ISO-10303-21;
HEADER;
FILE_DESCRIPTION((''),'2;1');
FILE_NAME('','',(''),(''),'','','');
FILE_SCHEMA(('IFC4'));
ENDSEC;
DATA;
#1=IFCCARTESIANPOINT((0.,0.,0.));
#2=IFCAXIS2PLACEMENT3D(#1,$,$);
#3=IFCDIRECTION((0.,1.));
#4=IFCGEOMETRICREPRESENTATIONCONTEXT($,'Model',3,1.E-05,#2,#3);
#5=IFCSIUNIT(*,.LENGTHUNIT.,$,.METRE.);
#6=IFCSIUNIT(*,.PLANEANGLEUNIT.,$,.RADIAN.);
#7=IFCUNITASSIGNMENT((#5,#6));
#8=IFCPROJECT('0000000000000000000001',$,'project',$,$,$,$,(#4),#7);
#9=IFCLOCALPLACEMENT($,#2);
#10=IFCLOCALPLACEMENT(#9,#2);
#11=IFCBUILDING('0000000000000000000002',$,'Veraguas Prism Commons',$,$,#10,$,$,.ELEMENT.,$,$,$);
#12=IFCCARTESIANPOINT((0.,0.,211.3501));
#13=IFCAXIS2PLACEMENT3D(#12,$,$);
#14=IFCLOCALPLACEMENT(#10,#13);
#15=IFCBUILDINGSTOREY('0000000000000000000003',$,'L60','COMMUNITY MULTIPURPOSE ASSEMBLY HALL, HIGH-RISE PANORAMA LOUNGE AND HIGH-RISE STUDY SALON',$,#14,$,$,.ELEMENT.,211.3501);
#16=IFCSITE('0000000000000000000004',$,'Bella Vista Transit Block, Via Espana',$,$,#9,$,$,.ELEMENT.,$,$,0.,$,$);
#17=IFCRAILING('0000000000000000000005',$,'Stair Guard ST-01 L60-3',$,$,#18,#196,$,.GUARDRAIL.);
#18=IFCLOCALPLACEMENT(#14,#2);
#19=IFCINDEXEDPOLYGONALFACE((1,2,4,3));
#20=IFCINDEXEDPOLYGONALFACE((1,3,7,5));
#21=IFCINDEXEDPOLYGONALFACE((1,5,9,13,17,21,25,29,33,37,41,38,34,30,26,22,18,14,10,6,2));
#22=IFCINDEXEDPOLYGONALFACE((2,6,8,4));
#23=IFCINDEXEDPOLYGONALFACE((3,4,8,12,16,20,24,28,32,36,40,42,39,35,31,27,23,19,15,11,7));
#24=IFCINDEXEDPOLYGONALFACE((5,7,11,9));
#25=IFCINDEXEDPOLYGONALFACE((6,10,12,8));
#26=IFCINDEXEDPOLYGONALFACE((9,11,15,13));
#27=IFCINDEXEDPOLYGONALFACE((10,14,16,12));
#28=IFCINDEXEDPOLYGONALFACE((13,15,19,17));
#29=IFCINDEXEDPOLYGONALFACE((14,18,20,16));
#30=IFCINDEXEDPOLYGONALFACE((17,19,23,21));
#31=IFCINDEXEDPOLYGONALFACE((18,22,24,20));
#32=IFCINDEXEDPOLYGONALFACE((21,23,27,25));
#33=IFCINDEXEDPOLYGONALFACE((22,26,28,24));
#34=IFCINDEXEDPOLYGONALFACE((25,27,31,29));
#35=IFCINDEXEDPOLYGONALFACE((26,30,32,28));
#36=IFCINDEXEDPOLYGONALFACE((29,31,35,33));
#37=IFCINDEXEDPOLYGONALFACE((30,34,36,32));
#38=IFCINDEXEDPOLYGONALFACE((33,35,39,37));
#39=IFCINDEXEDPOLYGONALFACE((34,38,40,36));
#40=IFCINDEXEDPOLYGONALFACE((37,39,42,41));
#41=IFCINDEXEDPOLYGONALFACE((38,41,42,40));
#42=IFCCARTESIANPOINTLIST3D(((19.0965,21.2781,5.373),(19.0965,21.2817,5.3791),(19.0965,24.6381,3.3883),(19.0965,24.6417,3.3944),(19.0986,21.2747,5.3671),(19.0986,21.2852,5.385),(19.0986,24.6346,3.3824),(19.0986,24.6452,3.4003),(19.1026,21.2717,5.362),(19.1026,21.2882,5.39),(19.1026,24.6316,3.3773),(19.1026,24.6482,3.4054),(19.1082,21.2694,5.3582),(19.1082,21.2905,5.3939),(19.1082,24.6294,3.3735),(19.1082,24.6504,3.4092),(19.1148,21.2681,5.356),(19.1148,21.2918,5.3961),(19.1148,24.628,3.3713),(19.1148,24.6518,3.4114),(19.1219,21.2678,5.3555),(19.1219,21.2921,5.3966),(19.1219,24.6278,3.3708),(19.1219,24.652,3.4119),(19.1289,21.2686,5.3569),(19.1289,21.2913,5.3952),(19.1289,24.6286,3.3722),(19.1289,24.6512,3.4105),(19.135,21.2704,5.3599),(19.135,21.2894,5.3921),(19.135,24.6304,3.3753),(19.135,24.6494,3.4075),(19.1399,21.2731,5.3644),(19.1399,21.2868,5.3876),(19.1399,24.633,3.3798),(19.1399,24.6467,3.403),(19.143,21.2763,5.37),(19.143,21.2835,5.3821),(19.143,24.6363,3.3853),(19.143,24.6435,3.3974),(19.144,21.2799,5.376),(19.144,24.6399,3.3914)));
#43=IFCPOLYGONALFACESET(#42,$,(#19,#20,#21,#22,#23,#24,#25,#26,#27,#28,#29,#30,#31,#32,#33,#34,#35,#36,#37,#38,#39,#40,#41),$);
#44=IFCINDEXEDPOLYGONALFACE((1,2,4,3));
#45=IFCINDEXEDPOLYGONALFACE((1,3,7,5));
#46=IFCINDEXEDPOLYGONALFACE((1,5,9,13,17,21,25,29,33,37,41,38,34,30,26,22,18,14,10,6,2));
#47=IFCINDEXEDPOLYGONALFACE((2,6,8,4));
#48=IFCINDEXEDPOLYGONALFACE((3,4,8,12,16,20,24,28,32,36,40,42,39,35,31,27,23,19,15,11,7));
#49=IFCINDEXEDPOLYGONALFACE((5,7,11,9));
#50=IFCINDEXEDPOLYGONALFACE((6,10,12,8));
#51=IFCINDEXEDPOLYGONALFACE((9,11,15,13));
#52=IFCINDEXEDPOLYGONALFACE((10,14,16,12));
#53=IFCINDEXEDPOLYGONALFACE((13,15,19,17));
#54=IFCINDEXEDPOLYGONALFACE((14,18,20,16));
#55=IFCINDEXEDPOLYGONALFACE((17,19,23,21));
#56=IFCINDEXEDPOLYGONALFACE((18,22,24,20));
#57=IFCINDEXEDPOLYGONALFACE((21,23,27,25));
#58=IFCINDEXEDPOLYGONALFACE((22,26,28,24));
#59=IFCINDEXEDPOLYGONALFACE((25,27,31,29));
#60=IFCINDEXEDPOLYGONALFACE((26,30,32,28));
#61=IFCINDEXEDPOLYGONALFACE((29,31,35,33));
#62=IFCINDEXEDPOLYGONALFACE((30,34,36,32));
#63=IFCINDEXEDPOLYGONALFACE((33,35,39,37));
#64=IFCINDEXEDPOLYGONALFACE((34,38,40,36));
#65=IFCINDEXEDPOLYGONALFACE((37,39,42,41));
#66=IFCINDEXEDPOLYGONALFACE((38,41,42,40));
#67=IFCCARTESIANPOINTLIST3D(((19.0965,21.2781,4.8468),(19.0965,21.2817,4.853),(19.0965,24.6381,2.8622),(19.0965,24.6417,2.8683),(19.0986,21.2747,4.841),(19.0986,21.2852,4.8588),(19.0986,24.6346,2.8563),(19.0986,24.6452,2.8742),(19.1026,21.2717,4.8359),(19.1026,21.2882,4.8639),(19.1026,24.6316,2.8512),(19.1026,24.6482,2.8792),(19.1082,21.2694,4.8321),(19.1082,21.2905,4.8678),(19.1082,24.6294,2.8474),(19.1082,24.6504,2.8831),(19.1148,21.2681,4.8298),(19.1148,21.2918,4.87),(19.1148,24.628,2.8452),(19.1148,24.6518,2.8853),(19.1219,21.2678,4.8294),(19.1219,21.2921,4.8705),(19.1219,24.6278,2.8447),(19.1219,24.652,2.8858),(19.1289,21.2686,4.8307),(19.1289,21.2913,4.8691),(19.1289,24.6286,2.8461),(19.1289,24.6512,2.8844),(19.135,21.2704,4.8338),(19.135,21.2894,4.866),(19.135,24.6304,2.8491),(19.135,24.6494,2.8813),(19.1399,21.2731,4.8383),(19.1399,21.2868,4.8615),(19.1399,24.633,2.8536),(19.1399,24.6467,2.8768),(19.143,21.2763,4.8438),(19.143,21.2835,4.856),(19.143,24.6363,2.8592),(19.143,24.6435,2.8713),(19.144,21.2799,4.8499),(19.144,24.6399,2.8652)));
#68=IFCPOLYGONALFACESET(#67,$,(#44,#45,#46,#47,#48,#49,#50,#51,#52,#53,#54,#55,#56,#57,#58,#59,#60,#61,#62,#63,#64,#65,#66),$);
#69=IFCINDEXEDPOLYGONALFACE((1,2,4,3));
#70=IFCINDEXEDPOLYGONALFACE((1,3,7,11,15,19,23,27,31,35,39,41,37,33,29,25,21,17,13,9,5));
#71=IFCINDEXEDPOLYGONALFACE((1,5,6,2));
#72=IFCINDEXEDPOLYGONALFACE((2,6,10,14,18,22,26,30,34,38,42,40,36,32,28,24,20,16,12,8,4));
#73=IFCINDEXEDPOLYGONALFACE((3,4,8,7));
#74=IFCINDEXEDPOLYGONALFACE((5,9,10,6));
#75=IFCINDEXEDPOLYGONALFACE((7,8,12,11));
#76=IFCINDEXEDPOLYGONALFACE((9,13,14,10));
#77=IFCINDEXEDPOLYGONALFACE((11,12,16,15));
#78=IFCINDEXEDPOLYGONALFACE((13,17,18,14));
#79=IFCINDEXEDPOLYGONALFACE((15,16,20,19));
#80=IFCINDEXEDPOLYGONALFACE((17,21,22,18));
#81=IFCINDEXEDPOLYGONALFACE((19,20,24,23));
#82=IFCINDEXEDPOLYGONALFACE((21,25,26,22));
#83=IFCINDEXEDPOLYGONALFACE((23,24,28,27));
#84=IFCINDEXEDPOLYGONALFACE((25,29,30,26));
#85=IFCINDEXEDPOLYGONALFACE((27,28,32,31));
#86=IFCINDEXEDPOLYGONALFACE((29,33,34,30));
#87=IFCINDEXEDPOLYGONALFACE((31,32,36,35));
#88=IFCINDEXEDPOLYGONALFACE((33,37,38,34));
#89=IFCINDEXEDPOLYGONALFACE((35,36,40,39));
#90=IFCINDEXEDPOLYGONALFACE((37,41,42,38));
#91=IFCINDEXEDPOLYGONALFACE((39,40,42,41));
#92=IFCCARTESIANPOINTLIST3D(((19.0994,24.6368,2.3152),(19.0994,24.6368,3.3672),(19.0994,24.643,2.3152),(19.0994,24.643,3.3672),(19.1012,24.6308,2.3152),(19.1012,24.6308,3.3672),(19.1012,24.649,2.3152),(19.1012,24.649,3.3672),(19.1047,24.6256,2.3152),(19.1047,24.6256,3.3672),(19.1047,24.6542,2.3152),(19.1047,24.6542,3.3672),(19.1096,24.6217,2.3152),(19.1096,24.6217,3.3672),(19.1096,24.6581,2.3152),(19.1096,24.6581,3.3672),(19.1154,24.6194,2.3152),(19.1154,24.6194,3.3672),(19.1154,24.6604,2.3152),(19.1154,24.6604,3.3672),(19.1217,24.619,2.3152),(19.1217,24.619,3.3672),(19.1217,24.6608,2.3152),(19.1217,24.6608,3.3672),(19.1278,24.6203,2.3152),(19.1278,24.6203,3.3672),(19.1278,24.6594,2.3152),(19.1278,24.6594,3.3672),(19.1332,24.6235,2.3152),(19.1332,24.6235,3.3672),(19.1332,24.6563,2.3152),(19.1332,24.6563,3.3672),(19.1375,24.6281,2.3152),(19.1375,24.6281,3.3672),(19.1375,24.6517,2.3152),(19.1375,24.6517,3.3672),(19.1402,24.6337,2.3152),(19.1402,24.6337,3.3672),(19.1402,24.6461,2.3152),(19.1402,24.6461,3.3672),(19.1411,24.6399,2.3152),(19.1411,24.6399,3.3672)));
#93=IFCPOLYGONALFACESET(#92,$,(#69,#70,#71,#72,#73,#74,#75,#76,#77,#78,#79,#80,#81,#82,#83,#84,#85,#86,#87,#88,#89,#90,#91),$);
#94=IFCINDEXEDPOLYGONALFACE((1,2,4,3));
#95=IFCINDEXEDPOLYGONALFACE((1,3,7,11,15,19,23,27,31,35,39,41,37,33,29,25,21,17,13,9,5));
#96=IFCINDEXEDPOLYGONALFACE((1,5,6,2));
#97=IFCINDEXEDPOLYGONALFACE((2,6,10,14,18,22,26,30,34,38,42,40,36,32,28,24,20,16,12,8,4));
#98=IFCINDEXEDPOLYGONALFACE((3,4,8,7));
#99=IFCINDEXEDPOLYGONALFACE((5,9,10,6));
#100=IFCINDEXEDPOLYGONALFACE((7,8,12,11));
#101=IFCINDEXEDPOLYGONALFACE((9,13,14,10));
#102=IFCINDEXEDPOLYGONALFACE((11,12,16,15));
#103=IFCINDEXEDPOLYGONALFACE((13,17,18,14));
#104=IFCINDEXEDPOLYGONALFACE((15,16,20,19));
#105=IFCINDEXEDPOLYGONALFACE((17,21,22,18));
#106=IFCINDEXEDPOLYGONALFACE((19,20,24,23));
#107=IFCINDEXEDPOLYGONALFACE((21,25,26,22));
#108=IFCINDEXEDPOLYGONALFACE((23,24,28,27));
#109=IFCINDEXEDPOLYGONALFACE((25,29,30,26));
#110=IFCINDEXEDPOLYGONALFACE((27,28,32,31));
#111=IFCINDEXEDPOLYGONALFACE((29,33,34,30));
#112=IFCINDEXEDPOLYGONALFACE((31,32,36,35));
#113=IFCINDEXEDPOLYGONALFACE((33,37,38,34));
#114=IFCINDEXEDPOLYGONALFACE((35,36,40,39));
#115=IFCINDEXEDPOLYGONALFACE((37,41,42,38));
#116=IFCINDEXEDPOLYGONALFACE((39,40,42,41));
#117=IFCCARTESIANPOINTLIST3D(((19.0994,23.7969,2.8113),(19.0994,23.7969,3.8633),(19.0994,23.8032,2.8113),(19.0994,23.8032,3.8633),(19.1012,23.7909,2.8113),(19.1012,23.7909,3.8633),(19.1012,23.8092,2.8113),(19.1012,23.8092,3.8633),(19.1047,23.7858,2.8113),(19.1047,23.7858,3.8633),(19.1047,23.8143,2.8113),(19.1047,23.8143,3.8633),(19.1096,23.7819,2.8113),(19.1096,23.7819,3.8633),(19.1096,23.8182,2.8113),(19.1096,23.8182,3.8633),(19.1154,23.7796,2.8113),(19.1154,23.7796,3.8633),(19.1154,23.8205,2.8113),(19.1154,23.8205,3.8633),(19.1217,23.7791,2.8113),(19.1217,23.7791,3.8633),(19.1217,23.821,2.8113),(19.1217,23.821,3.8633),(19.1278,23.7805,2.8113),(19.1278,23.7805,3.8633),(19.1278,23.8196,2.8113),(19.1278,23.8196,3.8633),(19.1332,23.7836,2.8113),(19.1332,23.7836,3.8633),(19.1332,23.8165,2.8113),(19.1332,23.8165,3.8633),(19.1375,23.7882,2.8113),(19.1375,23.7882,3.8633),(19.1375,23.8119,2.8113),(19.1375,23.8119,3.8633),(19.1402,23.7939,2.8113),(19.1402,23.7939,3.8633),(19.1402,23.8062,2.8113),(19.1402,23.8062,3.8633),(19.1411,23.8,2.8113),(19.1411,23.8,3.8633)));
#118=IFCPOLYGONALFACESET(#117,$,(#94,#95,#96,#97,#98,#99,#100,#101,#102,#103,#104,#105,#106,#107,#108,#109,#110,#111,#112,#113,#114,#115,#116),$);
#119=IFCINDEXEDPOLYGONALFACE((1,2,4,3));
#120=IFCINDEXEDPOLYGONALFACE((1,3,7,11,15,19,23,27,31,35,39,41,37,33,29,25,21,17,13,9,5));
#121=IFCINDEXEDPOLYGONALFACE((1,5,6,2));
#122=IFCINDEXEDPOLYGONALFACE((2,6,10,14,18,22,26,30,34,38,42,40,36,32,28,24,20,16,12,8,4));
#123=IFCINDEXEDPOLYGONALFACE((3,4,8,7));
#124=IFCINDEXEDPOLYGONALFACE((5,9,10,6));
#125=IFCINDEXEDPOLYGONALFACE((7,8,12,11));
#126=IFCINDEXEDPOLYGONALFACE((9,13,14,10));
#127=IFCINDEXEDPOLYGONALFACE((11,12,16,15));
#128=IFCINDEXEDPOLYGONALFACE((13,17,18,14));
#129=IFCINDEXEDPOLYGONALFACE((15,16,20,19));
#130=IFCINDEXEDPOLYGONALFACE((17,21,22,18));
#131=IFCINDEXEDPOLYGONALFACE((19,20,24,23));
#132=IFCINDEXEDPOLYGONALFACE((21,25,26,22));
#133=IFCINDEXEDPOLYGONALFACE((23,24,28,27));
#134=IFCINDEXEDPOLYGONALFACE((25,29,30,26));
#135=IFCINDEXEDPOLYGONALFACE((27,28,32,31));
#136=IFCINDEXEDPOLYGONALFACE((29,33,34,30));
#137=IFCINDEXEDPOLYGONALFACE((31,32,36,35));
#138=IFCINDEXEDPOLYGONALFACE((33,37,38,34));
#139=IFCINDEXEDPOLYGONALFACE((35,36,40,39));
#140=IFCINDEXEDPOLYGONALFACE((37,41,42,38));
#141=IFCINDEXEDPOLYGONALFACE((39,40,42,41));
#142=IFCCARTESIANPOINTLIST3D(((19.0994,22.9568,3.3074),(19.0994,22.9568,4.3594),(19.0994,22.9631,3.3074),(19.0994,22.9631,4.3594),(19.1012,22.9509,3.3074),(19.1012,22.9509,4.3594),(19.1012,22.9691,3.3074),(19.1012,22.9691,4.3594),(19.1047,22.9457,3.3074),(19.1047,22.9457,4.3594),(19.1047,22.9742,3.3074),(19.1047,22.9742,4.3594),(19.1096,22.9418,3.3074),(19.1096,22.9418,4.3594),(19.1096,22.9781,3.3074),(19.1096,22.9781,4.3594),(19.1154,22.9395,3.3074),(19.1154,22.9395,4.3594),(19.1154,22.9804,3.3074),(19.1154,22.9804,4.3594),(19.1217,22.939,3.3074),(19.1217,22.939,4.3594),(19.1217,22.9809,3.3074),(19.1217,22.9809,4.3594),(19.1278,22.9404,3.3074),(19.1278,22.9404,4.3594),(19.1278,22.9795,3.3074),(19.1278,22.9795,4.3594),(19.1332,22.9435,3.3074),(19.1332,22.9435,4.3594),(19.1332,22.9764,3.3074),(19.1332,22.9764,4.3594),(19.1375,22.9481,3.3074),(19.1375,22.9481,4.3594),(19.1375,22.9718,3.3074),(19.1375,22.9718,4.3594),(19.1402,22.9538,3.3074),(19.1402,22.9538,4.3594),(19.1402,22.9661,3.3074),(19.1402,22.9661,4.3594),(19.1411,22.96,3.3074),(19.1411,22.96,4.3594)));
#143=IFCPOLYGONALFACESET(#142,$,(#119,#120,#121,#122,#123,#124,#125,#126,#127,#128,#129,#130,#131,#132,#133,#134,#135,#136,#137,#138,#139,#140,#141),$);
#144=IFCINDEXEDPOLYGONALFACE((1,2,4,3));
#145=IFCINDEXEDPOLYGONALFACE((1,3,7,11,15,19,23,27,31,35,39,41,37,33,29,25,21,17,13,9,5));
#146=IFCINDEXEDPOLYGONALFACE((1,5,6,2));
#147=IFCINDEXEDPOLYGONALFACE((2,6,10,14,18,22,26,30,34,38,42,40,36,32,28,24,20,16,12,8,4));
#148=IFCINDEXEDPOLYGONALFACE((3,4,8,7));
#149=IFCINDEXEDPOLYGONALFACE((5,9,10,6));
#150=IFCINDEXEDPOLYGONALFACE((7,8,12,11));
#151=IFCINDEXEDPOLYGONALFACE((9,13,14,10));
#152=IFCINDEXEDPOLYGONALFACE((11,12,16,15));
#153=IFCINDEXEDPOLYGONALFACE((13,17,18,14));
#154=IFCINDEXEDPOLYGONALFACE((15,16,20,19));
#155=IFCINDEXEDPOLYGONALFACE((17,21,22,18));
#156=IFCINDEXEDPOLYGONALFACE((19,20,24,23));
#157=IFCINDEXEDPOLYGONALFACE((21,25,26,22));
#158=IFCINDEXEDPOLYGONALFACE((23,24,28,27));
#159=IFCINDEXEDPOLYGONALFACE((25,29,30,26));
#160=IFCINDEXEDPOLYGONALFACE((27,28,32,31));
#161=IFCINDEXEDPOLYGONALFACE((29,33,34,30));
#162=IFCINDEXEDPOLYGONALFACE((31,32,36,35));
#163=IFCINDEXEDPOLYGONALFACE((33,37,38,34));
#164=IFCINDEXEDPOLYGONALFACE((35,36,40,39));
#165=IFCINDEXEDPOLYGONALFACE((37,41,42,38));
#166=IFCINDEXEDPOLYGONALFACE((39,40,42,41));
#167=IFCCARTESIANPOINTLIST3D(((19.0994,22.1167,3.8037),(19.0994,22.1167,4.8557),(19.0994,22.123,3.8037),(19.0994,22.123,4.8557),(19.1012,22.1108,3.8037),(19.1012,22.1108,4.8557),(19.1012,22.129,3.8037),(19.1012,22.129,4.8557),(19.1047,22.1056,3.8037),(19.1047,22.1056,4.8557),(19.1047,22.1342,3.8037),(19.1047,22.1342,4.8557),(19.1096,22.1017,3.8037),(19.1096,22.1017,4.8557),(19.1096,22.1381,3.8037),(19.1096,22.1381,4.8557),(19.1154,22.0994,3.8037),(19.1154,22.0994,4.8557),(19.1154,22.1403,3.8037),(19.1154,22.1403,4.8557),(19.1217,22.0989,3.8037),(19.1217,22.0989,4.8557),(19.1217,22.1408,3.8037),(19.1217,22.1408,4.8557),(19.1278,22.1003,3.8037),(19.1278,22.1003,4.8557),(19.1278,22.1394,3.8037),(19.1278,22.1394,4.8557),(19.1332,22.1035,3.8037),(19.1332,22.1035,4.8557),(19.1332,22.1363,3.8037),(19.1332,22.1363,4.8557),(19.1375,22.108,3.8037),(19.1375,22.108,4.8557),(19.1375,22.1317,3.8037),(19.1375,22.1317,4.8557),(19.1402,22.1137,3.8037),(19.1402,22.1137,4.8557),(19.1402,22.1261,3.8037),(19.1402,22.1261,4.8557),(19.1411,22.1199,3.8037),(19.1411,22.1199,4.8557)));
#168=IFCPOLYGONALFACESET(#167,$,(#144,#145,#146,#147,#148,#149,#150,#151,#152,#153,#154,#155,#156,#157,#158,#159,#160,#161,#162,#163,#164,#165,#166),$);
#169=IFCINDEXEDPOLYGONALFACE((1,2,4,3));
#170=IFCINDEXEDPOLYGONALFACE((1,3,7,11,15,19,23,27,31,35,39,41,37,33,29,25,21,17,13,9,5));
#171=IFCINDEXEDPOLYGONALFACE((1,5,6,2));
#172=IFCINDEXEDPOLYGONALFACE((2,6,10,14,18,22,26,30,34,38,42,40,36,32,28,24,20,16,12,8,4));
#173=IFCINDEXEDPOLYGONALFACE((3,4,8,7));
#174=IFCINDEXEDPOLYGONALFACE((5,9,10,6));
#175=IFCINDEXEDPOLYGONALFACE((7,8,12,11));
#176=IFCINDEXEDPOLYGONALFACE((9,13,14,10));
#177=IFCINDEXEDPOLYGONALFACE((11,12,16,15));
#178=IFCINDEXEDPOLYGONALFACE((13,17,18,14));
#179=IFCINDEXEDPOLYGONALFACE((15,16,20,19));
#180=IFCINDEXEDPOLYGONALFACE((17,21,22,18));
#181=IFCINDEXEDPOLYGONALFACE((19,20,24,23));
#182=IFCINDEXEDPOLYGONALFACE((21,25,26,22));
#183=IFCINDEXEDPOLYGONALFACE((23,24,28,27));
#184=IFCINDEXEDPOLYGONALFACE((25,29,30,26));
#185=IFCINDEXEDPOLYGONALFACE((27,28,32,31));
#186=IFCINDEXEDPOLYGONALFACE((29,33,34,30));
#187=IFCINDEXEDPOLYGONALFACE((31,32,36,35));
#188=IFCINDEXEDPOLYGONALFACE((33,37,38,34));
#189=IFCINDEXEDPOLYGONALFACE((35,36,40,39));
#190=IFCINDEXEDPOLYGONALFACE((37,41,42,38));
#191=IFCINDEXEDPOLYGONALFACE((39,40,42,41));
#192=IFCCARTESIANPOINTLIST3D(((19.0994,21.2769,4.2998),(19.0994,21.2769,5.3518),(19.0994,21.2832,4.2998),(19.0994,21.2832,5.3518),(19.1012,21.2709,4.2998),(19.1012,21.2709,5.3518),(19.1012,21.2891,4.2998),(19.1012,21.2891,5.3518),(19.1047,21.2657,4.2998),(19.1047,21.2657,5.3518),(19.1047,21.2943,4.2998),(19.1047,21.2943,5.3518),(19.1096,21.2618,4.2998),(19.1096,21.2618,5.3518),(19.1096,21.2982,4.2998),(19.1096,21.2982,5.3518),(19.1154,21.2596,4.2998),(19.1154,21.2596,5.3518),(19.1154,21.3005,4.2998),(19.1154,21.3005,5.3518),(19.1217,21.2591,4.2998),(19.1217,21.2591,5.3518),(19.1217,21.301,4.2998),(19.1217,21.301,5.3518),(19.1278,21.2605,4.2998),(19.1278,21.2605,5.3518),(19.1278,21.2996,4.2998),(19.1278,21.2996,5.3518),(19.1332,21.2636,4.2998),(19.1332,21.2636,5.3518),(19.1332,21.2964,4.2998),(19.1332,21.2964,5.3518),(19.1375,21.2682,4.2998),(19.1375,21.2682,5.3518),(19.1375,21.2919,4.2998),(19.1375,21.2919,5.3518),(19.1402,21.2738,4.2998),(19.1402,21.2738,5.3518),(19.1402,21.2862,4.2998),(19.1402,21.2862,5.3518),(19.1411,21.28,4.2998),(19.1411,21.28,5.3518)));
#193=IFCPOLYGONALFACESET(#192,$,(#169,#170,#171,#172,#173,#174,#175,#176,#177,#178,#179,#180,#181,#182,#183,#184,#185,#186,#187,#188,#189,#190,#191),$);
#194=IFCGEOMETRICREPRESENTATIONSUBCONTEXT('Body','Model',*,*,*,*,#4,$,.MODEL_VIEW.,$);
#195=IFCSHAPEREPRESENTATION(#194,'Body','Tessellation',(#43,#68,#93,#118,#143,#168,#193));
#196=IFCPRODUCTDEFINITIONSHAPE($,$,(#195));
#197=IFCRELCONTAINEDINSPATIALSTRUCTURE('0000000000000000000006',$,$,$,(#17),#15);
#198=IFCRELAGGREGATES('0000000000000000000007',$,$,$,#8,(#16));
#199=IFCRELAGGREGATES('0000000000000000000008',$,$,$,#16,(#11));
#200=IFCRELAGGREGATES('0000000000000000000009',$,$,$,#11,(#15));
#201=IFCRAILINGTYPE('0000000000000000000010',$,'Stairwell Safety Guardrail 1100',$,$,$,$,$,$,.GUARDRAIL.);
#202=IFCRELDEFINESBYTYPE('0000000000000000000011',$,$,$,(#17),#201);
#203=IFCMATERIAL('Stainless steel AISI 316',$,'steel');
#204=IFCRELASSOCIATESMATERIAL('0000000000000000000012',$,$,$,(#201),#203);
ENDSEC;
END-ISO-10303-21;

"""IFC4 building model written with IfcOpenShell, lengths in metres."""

from ifc_helpers import new_model, si_unit, direction, frame, origin, origin_2d, place, context, subcontext, project, spatial, circle, extrude, material, type_object, element, save


model = new_model("IFC4")

# Units and contexts
model_context = context("Model", 3, precision=1e-05, world=origin(), true_north=direction((0.0, 1.0)))
body_context = subcontext(model_context, "Body", "Model", "MODEL_VIEW")
ifc_project = project(units=[si_unit("LENGTHUNIT", "METRE"), si_unit("PLANEANGLEUNIT", "RADIAN")], contexts=[model_context])

# Site, building, storey
site_placement = place(None, origin())
site = spatial("IfcSite", under=ifc_project, at=site_placement, Name="Bella Vista Transit Block, Via Espana", CompositionType="ELEMENT", RefElevation=0.0)
building_placement = place(site_placement, origin())
building = spatial("IfcBuilding", under=site, at=building_placement, Name="Veraguas Prism Commons", CompositionType="ELEMENT")
storey_placement = place(building_placement, frame((0.0, 0.0, 211.3501)))
storey = spatial("IfcBuildingStorey", under=building, at=storey_placement, Name="L60", Description="COMMUNITY MULTIPURPOSE ASSEMBLY HALL, HIGH-RISE PANORAMA LOUNGE AND HIGH-RISE STUDY SALON", CompositionType="ELEMENT", Elevation=211.3501)

# Shared definitions
ifc_material_1 = material(Name="Stainless steel AISI 316", Category="steel")

# Railing
railing_type_1 = type_object("IfcRailingType", Name="Stairwell Safety Guardrail 1100", PredefinedType="GUARDRAIL", material=ifc_material_1)
railing_1_placement = place(storey_placement, frame((19.1201, 24.6399, 2.3152)))
element("IfcRailing", 1, at=railing_1_placement, inside=storey, type_object=railing_type_1, Name="Stair Guard ST-01 L60-3", PredefinedType="GUARDRAIL", context=body_context, shape_type="SweptSolid", body=[
    extrude(circle(Radius=0.0239, at=origin_2d()), frame((0.0, 0.0, 1.0762), z_axis=(0.0, -0.861011, 0.508586), x_axis=(1.0, 0.0, 0.0)), (0.0, 0.0, 1.0), 3.9023),
    extrude(circle(Radius=0.0239, at=origin_2d()), frame((0.0, 0.0, 0.55), z_axis=(0.0, -0.861011, 0.508586), x_axis=(1.0, 0.0, 0.0)), (0.0, 0.0, 1.0), 3.9023),
    extrude(circle(Radius=0.021, at=origin_2d()), origin(), (0.0, 0.0, 1.0), 1.052),
    extrude(circle(Radius=0.021, at=origin_2d()), frame((0.0, -0.8398, 0.4961)), (0.0, 0.0, 1.0), 1.052),
    extrude(circle(Radius=0.021, at=origin_2d()), frame((0.0, -1.6799, 0.9922)), (0.0, 0.0, 1.0), 1.052),
    extrude(circle(Radius=0.021, at=origin_2d()), frame((0.0, -2.52, 1.4885)), (0.0, 0.0, 1.0), 1.052),
    extrude(circle(Radius=0.021, at=origin_2d()), frame((0.0, -3.3599, 1.9846)), (0.0, 0.0, 1.0), 1.052),
])

save(model, "model.ifc")
